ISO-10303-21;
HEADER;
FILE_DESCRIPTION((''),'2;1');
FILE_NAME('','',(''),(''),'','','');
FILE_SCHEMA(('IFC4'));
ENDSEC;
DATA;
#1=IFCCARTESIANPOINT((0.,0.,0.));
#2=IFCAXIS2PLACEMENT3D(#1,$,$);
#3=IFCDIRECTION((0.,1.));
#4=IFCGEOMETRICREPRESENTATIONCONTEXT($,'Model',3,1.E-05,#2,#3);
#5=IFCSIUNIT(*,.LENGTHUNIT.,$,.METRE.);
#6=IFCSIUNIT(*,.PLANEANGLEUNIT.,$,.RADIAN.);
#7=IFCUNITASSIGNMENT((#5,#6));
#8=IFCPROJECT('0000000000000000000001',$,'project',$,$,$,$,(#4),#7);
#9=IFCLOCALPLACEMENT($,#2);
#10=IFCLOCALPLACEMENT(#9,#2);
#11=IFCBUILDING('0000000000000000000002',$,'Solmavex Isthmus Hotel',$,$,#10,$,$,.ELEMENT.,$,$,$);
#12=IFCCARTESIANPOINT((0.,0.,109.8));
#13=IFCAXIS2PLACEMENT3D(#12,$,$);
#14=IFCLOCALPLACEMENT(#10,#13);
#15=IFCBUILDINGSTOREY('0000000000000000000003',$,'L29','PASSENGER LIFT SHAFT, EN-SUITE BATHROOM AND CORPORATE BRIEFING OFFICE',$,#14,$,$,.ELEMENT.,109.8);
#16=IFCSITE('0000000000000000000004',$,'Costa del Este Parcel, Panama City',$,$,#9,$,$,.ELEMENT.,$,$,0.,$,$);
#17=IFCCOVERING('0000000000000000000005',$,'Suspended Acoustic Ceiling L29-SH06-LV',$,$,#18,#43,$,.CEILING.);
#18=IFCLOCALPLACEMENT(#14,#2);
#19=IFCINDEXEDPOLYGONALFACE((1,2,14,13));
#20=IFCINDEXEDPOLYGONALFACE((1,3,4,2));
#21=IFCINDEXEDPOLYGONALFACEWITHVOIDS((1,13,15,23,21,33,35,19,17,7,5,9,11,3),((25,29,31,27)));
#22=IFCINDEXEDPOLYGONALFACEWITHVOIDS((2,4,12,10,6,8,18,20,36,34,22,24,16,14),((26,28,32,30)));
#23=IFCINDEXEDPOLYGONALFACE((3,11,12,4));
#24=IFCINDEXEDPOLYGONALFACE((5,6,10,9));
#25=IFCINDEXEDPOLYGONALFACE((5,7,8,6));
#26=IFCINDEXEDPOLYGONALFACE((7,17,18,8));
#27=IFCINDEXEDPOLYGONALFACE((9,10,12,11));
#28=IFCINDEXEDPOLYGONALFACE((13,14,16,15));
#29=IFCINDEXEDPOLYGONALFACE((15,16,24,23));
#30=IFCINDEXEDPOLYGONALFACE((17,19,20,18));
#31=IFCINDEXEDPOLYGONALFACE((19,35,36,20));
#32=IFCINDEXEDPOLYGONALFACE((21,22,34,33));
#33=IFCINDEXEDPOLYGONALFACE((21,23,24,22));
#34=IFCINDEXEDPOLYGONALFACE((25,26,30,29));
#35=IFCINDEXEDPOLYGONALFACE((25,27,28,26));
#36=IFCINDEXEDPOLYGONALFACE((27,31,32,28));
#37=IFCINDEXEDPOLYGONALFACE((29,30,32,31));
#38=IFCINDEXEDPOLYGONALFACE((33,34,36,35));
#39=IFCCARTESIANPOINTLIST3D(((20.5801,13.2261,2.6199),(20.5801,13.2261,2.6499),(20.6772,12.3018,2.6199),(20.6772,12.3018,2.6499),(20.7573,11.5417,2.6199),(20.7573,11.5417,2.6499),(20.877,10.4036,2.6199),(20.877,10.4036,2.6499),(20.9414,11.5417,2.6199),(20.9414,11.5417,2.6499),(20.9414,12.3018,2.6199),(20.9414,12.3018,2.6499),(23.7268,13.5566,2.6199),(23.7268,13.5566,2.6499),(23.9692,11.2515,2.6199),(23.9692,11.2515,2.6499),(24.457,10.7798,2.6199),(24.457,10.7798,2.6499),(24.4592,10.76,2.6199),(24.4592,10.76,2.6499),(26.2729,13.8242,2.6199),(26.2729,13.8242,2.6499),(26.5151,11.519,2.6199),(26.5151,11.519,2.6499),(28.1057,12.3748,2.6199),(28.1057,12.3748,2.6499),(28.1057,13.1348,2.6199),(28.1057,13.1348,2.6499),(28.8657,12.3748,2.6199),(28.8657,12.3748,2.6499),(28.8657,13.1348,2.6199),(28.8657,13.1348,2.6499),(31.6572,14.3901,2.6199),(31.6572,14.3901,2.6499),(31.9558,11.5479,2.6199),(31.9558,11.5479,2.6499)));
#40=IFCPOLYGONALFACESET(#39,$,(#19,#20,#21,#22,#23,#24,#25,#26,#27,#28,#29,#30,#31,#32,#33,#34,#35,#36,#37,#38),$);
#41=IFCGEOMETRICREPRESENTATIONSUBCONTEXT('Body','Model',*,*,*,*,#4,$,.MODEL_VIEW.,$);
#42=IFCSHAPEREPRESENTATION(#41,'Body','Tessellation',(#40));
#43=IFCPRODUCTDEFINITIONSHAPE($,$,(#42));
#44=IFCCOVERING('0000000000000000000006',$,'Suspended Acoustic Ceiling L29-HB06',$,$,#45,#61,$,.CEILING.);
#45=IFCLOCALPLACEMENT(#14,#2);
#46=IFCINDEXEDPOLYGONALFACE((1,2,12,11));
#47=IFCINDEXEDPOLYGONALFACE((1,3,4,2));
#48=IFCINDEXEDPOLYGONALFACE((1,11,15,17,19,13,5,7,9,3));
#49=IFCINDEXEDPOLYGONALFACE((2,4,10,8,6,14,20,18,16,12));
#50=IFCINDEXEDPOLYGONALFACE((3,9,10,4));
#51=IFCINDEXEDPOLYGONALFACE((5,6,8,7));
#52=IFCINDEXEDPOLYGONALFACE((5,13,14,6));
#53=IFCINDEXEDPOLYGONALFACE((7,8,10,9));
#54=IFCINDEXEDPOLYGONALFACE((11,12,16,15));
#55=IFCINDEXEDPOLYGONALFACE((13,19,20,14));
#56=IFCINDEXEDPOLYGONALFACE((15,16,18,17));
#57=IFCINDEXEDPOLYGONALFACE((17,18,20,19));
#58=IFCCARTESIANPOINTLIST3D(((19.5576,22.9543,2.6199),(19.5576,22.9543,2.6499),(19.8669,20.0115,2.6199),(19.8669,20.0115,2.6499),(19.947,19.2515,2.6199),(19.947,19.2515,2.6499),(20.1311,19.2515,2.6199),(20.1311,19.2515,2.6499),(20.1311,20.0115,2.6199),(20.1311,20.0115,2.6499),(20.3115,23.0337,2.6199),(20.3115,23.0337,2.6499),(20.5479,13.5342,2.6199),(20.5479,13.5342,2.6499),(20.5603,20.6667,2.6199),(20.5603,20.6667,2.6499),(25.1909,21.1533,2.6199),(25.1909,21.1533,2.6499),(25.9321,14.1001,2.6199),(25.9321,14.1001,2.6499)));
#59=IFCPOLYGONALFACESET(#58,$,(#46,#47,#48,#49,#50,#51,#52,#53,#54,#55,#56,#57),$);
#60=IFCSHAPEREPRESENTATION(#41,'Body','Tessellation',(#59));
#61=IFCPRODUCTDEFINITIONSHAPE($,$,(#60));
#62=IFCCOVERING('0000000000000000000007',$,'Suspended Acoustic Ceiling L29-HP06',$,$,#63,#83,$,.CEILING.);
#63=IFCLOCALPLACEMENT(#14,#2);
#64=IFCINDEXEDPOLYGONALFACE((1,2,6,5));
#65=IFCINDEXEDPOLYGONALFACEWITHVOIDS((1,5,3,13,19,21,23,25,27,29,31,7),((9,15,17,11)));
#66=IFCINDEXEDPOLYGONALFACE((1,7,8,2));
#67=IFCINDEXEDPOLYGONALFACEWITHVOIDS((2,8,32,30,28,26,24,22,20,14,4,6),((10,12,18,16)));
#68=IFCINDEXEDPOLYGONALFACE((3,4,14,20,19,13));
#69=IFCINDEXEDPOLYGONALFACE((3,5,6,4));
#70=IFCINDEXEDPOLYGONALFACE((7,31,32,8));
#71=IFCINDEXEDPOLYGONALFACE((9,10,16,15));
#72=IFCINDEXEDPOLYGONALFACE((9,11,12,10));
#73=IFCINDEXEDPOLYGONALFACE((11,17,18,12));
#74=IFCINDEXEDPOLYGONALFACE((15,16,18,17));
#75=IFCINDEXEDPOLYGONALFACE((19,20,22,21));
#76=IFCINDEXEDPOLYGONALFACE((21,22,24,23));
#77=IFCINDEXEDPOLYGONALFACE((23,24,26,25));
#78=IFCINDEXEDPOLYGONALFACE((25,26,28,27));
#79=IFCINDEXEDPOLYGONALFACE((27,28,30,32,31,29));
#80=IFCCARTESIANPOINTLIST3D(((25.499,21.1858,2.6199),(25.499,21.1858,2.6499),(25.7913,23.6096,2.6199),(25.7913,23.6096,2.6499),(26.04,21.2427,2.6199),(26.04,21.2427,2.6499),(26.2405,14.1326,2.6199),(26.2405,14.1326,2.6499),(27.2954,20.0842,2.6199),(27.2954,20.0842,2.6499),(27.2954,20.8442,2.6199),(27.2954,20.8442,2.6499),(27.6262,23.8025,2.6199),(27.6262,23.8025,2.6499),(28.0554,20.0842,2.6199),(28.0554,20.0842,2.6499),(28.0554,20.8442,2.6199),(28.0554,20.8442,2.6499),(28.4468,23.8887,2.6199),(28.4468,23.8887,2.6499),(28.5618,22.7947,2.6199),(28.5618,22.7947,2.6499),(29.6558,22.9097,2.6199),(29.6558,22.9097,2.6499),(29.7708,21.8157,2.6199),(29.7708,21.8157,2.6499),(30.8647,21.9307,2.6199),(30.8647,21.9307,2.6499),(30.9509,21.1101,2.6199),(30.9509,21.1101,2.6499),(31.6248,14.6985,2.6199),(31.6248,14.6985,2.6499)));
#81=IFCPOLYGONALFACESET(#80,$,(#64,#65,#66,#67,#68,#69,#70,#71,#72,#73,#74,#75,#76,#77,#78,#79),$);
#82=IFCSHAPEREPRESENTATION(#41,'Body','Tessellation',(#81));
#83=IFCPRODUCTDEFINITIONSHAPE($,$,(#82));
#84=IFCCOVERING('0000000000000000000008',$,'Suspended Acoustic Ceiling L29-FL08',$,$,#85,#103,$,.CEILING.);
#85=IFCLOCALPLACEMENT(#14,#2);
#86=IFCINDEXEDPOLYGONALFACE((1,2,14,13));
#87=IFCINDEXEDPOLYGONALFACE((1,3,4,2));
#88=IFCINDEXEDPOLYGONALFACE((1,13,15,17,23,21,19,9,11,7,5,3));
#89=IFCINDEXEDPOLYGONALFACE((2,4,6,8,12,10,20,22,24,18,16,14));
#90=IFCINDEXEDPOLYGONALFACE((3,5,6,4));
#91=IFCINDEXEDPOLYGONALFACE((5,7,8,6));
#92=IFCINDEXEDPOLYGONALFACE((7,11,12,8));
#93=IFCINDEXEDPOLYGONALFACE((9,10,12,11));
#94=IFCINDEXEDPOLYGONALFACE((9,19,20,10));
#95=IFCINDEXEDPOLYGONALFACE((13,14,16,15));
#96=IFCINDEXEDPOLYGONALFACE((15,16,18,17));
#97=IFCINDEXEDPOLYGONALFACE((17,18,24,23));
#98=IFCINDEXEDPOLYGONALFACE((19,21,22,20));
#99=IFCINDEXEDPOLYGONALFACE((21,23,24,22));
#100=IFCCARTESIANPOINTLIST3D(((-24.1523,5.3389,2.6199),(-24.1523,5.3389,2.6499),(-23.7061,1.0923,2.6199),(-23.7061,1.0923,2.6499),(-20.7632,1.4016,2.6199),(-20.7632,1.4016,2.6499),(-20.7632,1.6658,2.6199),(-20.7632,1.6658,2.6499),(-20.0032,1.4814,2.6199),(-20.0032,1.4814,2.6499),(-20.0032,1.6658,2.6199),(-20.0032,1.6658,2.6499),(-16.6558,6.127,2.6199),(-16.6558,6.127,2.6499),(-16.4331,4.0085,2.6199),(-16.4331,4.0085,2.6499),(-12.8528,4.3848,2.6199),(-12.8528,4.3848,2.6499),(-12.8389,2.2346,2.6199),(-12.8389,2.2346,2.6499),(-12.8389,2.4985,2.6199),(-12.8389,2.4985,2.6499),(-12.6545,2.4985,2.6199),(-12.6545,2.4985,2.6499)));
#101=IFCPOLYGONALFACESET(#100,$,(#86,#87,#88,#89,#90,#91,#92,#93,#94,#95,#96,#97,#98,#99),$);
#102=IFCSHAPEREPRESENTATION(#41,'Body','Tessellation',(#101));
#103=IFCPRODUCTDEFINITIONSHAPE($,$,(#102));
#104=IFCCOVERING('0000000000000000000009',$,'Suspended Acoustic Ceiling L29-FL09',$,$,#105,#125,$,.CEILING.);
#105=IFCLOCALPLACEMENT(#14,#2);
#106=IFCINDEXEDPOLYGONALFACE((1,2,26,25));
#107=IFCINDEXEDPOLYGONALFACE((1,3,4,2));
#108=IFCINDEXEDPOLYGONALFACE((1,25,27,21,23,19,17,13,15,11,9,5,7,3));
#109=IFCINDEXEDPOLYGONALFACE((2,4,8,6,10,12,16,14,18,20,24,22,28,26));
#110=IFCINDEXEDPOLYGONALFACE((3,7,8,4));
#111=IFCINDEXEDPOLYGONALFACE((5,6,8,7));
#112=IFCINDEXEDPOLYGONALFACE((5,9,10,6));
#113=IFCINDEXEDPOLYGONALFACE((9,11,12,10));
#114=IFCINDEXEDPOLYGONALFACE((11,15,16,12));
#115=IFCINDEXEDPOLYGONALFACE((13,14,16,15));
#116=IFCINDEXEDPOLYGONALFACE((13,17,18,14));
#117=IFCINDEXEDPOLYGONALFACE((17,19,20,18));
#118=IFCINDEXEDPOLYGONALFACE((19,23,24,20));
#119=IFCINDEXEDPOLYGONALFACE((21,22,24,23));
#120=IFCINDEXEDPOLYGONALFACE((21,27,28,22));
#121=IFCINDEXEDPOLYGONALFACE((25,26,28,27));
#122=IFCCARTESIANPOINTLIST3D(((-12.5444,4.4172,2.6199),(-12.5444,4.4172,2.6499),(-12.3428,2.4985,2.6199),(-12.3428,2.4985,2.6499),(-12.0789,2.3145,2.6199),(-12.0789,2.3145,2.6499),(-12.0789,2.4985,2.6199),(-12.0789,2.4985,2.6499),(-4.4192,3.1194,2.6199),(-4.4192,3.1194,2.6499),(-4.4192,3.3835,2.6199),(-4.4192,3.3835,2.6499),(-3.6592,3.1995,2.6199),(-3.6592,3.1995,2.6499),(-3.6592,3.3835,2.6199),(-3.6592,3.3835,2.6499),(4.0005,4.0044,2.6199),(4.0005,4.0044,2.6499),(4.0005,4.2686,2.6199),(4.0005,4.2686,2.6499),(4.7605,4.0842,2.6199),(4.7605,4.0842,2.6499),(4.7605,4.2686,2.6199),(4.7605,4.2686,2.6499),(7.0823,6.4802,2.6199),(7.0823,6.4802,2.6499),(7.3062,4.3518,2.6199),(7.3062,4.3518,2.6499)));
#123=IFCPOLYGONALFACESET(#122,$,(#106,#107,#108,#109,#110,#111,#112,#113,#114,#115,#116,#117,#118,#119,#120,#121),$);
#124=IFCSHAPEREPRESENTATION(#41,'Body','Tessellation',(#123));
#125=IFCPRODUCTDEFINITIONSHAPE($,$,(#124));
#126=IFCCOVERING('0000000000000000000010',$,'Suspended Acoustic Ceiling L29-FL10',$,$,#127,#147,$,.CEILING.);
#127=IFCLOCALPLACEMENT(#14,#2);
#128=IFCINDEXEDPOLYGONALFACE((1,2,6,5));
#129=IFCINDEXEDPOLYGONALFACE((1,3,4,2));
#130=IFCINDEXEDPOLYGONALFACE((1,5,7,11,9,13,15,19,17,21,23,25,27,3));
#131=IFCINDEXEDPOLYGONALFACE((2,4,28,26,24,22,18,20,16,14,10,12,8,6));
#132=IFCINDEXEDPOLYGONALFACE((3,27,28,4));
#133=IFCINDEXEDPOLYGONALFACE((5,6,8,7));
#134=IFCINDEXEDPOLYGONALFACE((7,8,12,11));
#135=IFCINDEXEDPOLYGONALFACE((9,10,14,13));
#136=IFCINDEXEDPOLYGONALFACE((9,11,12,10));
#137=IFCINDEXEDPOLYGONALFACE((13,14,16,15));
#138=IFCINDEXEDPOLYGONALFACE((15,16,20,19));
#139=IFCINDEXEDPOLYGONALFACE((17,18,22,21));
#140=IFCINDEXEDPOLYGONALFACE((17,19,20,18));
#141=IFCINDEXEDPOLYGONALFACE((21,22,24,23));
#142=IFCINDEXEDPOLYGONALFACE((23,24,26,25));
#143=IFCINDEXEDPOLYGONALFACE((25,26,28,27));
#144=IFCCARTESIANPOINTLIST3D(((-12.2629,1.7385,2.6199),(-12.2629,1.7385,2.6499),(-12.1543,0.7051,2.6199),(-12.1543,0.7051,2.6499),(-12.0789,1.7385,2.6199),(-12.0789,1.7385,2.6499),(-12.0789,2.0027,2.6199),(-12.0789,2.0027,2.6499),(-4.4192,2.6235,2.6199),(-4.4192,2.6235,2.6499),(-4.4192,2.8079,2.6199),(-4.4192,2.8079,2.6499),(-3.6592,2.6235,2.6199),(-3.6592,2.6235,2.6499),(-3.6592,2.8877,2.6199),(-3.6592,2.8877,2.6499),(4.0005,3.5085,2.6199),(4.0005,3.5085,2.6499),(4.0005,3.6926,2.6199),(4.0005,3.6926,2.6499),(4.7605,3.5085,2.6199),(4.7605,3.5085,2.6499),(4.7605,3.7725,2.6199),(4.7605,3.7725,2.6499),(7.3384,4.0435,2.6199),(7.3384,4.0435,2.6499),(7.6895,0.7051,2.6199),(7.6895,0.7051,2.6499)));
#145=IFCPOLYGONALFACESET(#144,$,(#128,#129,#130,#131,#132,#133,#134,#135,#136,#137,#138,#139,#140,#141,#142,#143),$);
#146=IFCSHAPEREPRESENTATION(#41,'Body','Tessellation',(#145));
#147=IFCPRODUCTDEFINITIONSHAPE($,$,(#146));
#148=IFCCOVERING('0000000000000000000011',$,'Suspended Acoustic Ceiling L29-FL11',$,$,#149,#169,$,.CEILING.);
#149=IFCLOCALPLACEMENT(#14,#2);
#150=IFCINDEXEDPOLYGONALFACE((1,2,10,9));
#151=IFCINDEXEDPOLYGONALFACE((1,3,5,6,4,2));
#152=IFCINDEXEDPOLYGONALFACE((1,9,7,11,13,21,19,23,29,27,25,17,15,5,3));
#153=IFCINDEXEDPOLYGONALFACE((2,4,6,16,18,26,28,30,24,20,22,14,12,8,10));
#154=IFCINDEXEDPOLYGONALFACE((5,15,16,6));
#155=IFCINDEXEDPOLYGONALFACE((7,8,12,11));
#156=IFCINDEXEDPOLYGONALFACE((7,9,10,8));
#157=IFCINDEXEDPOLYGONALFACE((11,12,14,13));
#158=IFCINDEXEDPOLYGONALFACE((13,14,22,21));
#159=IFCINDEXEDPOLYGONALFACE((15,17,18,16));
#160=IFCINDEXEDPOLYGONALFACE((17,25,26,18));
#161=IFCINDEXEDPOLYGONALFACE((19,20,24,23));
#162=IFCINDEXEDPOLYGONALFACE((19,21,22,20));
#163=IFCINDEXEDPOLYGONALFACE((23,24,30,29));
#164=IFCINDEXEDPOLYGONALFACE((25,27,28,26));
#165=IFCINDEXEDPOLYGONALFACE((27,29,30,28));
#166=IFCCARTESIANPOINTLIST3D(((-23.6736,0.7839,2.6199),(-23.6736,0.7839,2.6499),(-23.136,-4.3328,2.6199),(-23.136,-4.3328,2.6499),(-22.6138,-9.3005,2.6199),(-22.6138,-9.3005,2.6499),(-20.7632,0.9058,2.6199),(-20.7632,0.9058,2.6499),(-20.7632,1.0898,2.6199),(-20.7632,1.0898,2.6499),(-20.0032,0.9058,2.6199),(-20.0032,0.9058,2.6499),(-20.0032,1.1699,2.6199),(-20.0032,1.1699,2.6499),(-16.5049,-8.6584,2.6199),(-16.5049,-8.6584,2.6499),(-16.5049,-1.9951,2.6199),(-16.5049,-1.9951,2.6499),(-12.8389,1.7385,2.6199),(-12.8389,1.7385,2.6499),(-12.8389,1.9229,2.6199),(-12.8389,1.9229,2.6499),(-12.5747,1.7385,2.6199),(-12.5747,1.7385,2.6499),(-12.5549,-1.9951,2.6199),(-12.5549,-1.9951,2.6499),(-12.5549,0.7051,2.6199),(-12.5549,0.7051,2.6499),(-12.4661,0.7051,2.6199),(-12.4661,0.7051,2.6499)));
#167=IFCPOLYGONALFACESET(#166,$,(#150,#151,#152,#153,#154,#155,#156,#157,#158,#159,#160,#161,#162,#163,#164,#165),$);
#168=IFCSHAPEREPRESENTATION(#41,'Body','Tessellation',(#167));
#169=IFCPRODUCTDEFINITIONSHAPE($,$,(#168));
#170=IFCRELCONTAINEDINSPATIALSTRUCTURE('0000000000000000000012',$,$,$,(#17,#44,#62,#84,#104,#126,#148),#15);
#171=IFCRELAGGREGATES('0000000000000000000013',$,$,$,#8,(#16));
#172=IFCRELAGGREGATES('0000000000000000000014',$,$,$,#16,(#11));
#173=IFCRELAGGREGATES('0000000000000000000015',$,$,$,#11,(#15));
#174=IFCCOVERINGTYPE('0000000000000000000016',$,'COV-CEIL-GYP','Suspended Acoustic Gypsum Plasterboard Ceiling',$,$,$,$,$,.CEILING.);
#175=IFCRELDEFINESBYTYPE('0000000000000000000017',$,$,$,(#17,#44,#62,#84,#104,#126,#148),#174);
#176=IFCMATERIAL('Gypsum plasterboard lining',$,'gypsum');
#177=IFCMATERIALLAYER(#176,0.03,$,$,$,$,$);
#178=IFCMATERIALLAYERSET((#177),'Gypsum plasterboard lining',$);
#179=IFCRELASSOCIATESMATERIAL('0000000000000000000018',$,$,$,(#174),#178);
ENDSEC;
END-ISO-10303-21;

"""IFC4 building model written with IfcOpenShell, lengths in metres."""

from ifc_helpers import new_model, si_unit, direction, frame, origin, place, context, subcontext, project, spatial, polyline, outline, extrude, material, layer, layer_set, type_object, element, save


model = new_model("IFC4")

# Units and contexts
model_context = context("Model", 3, precision=1e-05, world=origin(), true_north=direction((0.0, 1.0)))
body_context = subcontext(model_context, "Body", "Model", "MODEL_VIEW")
ifc_project = project(units=[si_unit("LENGTHUNIT", "METRE"), si_unit("PLANEANGLEUNIT", "RADIAN")], contexts=[model_context])

# Site, building, storey
site_placement = place(None, origin())
site = spatial("IfcSite", under=ifc_project, at=site_placement, Name="Costa del Este Parcel, Panama City", CompositionType="ELEMENT", RefElevation=0.0)
building_placement = place(site_placement, origin())
building = spatial("IfcBuilding", under=site, at=building_placement, Name="Solmavex Isthmus Hotel", CompositionType="ELEMENT")
storey_placement = place(building_placement, frame((0.0, 0.0, 109.8)))
storey = spatial("IfcBuildingStorey", under=building, at=storey_placement, Name="L29", Description="PASSENGER LIFT SHAFT, EN-SUITE BATHROOM AND CORPORATE BRIEFING OFFICE", CompositionType="ELEMENT", Elevation=109.8)

# Coverings
ifc_material_1 = material(Name="Gypsum plasterboard lining", Category="gypsum")
ifc_layer_1 = layer(ifc_material_1, 0.03)
ifc_layer_set_1 = layer_set([ifc_layer_1], Name="Gypsum plasterboard lining")
covering_type_1 = type_object("IfcCoveringType", Name="COV-CEIL-GYP", Description="Suspended Acoustic Gypsum Plasterboard Ceiling", PredefinedType="CEILING", material=ifc_layer_set_1)
covering_1_placement = place(storey_placement, frame((0.0, 0.0, 2.6199)))
element("IfcCovering", 1, at=covering_1_placement, inside=storey, type_object=covering_type_1, Name="Suspended Acoustic Ceiling L29-SH06-LV", PredefinedType="CEILING", context=body_context, shape_type="SweptSolid", body=[
    extrude(outline(polyline([(23.7268, 13.5566), (20.5801, 13.2261), (20.6772, 12.3018), (20.9414, 12.3018), (20.9414, 11.5417), (20.7573, 11.5417), (20.877, 10.4036), (24.457, 10.7798), (24.4592, 10.76), (31.9558, 11.5479), (31.6572, 14.3901), (26.2729, 13.8242), (26.5151, 11.519), (23.9692, 11.2515), (23.7268, 13.5566)]), holes=[polyline([(28.1057, 12.3748), (28.1057, 13.1348), (28.8657, 13.1348), (28.8657, 12.3748), (28.1057, 12.3748)])]), origin(), (0.0, 0.0, 1.0), 0.03),
])
covering_2_placement = place(storey_placement, frame((0.0, 0.0, 2.6199)))
element("IfcCovering", 2, at=covering_2_placement, inside=storey, type_object=covering_type_1, Name="Suspended Acoustic Ceiling L29-HB06", PredefinedType="CEILING", context=body_context, shape_type="SweptSolid", body=[
    extrude(outline(polyline([(19.8669, 20.0115), (20.1311, 20.0115), (20.1311, 19.2515), (19.947, 19.2515), (20.5479, 13.5342), (25.9321, 14.1001), (25.1909, 21.1533), (20.5603, 20.6667), (20.3115, 23.0337), (19.5576, 22.9543), (19.8669, 20.0115)])), origin(), (0.0, 0.0, 1.0), 0.03),
])
covering_3_placement = place(storey_placement, frame((0.0, 0.0, 2.6199)))
element("IfcCovering", 3, at=covering_3_placement, inside=storey, type_object=covering_type_1, Name="Suspended Acoustic Ceiling L29-HP06", PredefinedType="CEILING", context=body_context, shape_type="SweptSolid", body=[
    extrude(outline(polyline([(28.5618, 22.7947), (28.4468, 23.8887), (27.6262, 23.8025), (25.7913, 23.6096), (26.04, 21.2427), (25.499, 21.1858), (26.2405, 14.1326), (31.6248, 14.6985), (30.9509, 21.1101), (30.8647, 21.9307), (29.7708, 21.8157), (29.6558, 22.9097), (28.5618, 22.7947)]), holes=[polyline([(27.2954, 20.8442), (28.0554, 20.8442), (28.0554, 20.0842), (27.2954, 20.0842), (27.2954, 20.8442)])]), origin(), (0.0, 0.0, 1.0), 0.03),
])
covering_4_placement = place(storey_placement, frame((0.0, 0.0, 2.6199)))
element("IfcCovering", 4, at=covering_4_placement, inside=storey, type_object=covering_type_1, Name="Suspended Acoustic Ceiling L29-FL08", PredefinedType="CEILING", context=body_context, shape_type="SweptSolid", body=[
    extrude(outline(polyline([(-12.8389, 2.2346), (-12.8389, 2.4985), (-12.6545, 2.4985), (-12.8528, 4.3848), (-16.4331, 4.0085), (-16.6558, 6.127), (-24.1523, 5.3389), (-23.7061, 1.0923), (-20.7632, 1.4016), (-20.7632, 1.6658), (-20.0032, 1.6658), (-20.0032, 1.4814), (-12.8389, 2.2346)])), origin(), (0.0, 0.0, 1.0), 0.03),
])
covering_5_placement = place(storey_placement, frame((0.0, 0.0, 2.6199)))
element("IfcCovering", 5, at=covering_5_placement, inside=storey, type_object=covering_type_1, Name="Suspended Acoustic Ceiling L29-FL09", PredefinedType="CEILING", context=body_context, shape_type="SweptSolid", body=[
    extrude(outline(polyline([(4.0005, 4.0044), (4.0005, 4.2686), (4.7605, 4.2686), (4.7605, 4.0842), (7.3062, 4.3518), (7.0823, 6.4802), (-12.5444, 4.4172), (-12.3428, 2.4985), (-12.0789, 2.4985), (-12.0789, 2.3145), (-4.4192, 3.1194), (-4.4192, 3.3835), (-3.6592, 3.3835), (-3.6592, 3.1995), (4.0005, 4.0044)])), origin(), (0.0, 0.0, 1.0), 0.03),
])
covering_6_placement = place(storey_placement, frame((0.0, 0.0, 2.6199)))
element("IfcCovering", 6, at=covering_6_placement, inside=storey, type_object=covering_type_1, Name="Suspended Acoustic Ceiling L29-FL10", PredefinedType="CEILING", context=body_context, shape_type="SweptSolid", body=[
    extrude(outline(polyline([(-12.0789, 2.0027), (-12.0789, 1.7385), (-12.2629, 1.7385), (-12.1543, 0.7051), (7.6895, 0.7051), (7.3384, 4.0435), (4.7605, 3.7725), (4.7605, 3.5085), (4.0005, 3.5085), (4.0005, 3.6926), (-3.6592, 2.8877), (-3.6592, 2.6235), (-4.4192, 2.6235), (-4.4192, 2.8079), (-12.0789, 2.0027)])), origin(), (0.0, 0.0, 1.0), 0.03),
])
covering_7_placement = place(storey_placement, frame((0.0, 0.0, 2.6199)))
element("IfcCovering", 7, at=covering_7_placement, inside=storey, type_object=covering_type_1, Name="Suspended Acoustic Ceiling L29-FL11", PredefinedType="CEILING", context=body_context, shape_type="SweptSolid", body=[
    extrude(outline(polyline([(-20.0032, 1.1699), (-20.0032, 0.9058), (-20.7632, 0.9058), (-20.7632, 1.0898), (-23.6736, 0.7839), (-23.136, -4.3328), (-22.6138, -9.3005), (-16.5049, -8.6584), (-16.5049, -1.9951), (-12.5549, -1.9951), (-12.5549, 0.7051), (-12.4661, 0.7051), (-12.5747, 1.7385), (-12.8389, 1.7385), (-12.8389, 1.9229), (-20.0032, 1.1699)])), origin(), (0.0, 0.0, 1.0), 0.03),
])

save(model, "model.ifc")
